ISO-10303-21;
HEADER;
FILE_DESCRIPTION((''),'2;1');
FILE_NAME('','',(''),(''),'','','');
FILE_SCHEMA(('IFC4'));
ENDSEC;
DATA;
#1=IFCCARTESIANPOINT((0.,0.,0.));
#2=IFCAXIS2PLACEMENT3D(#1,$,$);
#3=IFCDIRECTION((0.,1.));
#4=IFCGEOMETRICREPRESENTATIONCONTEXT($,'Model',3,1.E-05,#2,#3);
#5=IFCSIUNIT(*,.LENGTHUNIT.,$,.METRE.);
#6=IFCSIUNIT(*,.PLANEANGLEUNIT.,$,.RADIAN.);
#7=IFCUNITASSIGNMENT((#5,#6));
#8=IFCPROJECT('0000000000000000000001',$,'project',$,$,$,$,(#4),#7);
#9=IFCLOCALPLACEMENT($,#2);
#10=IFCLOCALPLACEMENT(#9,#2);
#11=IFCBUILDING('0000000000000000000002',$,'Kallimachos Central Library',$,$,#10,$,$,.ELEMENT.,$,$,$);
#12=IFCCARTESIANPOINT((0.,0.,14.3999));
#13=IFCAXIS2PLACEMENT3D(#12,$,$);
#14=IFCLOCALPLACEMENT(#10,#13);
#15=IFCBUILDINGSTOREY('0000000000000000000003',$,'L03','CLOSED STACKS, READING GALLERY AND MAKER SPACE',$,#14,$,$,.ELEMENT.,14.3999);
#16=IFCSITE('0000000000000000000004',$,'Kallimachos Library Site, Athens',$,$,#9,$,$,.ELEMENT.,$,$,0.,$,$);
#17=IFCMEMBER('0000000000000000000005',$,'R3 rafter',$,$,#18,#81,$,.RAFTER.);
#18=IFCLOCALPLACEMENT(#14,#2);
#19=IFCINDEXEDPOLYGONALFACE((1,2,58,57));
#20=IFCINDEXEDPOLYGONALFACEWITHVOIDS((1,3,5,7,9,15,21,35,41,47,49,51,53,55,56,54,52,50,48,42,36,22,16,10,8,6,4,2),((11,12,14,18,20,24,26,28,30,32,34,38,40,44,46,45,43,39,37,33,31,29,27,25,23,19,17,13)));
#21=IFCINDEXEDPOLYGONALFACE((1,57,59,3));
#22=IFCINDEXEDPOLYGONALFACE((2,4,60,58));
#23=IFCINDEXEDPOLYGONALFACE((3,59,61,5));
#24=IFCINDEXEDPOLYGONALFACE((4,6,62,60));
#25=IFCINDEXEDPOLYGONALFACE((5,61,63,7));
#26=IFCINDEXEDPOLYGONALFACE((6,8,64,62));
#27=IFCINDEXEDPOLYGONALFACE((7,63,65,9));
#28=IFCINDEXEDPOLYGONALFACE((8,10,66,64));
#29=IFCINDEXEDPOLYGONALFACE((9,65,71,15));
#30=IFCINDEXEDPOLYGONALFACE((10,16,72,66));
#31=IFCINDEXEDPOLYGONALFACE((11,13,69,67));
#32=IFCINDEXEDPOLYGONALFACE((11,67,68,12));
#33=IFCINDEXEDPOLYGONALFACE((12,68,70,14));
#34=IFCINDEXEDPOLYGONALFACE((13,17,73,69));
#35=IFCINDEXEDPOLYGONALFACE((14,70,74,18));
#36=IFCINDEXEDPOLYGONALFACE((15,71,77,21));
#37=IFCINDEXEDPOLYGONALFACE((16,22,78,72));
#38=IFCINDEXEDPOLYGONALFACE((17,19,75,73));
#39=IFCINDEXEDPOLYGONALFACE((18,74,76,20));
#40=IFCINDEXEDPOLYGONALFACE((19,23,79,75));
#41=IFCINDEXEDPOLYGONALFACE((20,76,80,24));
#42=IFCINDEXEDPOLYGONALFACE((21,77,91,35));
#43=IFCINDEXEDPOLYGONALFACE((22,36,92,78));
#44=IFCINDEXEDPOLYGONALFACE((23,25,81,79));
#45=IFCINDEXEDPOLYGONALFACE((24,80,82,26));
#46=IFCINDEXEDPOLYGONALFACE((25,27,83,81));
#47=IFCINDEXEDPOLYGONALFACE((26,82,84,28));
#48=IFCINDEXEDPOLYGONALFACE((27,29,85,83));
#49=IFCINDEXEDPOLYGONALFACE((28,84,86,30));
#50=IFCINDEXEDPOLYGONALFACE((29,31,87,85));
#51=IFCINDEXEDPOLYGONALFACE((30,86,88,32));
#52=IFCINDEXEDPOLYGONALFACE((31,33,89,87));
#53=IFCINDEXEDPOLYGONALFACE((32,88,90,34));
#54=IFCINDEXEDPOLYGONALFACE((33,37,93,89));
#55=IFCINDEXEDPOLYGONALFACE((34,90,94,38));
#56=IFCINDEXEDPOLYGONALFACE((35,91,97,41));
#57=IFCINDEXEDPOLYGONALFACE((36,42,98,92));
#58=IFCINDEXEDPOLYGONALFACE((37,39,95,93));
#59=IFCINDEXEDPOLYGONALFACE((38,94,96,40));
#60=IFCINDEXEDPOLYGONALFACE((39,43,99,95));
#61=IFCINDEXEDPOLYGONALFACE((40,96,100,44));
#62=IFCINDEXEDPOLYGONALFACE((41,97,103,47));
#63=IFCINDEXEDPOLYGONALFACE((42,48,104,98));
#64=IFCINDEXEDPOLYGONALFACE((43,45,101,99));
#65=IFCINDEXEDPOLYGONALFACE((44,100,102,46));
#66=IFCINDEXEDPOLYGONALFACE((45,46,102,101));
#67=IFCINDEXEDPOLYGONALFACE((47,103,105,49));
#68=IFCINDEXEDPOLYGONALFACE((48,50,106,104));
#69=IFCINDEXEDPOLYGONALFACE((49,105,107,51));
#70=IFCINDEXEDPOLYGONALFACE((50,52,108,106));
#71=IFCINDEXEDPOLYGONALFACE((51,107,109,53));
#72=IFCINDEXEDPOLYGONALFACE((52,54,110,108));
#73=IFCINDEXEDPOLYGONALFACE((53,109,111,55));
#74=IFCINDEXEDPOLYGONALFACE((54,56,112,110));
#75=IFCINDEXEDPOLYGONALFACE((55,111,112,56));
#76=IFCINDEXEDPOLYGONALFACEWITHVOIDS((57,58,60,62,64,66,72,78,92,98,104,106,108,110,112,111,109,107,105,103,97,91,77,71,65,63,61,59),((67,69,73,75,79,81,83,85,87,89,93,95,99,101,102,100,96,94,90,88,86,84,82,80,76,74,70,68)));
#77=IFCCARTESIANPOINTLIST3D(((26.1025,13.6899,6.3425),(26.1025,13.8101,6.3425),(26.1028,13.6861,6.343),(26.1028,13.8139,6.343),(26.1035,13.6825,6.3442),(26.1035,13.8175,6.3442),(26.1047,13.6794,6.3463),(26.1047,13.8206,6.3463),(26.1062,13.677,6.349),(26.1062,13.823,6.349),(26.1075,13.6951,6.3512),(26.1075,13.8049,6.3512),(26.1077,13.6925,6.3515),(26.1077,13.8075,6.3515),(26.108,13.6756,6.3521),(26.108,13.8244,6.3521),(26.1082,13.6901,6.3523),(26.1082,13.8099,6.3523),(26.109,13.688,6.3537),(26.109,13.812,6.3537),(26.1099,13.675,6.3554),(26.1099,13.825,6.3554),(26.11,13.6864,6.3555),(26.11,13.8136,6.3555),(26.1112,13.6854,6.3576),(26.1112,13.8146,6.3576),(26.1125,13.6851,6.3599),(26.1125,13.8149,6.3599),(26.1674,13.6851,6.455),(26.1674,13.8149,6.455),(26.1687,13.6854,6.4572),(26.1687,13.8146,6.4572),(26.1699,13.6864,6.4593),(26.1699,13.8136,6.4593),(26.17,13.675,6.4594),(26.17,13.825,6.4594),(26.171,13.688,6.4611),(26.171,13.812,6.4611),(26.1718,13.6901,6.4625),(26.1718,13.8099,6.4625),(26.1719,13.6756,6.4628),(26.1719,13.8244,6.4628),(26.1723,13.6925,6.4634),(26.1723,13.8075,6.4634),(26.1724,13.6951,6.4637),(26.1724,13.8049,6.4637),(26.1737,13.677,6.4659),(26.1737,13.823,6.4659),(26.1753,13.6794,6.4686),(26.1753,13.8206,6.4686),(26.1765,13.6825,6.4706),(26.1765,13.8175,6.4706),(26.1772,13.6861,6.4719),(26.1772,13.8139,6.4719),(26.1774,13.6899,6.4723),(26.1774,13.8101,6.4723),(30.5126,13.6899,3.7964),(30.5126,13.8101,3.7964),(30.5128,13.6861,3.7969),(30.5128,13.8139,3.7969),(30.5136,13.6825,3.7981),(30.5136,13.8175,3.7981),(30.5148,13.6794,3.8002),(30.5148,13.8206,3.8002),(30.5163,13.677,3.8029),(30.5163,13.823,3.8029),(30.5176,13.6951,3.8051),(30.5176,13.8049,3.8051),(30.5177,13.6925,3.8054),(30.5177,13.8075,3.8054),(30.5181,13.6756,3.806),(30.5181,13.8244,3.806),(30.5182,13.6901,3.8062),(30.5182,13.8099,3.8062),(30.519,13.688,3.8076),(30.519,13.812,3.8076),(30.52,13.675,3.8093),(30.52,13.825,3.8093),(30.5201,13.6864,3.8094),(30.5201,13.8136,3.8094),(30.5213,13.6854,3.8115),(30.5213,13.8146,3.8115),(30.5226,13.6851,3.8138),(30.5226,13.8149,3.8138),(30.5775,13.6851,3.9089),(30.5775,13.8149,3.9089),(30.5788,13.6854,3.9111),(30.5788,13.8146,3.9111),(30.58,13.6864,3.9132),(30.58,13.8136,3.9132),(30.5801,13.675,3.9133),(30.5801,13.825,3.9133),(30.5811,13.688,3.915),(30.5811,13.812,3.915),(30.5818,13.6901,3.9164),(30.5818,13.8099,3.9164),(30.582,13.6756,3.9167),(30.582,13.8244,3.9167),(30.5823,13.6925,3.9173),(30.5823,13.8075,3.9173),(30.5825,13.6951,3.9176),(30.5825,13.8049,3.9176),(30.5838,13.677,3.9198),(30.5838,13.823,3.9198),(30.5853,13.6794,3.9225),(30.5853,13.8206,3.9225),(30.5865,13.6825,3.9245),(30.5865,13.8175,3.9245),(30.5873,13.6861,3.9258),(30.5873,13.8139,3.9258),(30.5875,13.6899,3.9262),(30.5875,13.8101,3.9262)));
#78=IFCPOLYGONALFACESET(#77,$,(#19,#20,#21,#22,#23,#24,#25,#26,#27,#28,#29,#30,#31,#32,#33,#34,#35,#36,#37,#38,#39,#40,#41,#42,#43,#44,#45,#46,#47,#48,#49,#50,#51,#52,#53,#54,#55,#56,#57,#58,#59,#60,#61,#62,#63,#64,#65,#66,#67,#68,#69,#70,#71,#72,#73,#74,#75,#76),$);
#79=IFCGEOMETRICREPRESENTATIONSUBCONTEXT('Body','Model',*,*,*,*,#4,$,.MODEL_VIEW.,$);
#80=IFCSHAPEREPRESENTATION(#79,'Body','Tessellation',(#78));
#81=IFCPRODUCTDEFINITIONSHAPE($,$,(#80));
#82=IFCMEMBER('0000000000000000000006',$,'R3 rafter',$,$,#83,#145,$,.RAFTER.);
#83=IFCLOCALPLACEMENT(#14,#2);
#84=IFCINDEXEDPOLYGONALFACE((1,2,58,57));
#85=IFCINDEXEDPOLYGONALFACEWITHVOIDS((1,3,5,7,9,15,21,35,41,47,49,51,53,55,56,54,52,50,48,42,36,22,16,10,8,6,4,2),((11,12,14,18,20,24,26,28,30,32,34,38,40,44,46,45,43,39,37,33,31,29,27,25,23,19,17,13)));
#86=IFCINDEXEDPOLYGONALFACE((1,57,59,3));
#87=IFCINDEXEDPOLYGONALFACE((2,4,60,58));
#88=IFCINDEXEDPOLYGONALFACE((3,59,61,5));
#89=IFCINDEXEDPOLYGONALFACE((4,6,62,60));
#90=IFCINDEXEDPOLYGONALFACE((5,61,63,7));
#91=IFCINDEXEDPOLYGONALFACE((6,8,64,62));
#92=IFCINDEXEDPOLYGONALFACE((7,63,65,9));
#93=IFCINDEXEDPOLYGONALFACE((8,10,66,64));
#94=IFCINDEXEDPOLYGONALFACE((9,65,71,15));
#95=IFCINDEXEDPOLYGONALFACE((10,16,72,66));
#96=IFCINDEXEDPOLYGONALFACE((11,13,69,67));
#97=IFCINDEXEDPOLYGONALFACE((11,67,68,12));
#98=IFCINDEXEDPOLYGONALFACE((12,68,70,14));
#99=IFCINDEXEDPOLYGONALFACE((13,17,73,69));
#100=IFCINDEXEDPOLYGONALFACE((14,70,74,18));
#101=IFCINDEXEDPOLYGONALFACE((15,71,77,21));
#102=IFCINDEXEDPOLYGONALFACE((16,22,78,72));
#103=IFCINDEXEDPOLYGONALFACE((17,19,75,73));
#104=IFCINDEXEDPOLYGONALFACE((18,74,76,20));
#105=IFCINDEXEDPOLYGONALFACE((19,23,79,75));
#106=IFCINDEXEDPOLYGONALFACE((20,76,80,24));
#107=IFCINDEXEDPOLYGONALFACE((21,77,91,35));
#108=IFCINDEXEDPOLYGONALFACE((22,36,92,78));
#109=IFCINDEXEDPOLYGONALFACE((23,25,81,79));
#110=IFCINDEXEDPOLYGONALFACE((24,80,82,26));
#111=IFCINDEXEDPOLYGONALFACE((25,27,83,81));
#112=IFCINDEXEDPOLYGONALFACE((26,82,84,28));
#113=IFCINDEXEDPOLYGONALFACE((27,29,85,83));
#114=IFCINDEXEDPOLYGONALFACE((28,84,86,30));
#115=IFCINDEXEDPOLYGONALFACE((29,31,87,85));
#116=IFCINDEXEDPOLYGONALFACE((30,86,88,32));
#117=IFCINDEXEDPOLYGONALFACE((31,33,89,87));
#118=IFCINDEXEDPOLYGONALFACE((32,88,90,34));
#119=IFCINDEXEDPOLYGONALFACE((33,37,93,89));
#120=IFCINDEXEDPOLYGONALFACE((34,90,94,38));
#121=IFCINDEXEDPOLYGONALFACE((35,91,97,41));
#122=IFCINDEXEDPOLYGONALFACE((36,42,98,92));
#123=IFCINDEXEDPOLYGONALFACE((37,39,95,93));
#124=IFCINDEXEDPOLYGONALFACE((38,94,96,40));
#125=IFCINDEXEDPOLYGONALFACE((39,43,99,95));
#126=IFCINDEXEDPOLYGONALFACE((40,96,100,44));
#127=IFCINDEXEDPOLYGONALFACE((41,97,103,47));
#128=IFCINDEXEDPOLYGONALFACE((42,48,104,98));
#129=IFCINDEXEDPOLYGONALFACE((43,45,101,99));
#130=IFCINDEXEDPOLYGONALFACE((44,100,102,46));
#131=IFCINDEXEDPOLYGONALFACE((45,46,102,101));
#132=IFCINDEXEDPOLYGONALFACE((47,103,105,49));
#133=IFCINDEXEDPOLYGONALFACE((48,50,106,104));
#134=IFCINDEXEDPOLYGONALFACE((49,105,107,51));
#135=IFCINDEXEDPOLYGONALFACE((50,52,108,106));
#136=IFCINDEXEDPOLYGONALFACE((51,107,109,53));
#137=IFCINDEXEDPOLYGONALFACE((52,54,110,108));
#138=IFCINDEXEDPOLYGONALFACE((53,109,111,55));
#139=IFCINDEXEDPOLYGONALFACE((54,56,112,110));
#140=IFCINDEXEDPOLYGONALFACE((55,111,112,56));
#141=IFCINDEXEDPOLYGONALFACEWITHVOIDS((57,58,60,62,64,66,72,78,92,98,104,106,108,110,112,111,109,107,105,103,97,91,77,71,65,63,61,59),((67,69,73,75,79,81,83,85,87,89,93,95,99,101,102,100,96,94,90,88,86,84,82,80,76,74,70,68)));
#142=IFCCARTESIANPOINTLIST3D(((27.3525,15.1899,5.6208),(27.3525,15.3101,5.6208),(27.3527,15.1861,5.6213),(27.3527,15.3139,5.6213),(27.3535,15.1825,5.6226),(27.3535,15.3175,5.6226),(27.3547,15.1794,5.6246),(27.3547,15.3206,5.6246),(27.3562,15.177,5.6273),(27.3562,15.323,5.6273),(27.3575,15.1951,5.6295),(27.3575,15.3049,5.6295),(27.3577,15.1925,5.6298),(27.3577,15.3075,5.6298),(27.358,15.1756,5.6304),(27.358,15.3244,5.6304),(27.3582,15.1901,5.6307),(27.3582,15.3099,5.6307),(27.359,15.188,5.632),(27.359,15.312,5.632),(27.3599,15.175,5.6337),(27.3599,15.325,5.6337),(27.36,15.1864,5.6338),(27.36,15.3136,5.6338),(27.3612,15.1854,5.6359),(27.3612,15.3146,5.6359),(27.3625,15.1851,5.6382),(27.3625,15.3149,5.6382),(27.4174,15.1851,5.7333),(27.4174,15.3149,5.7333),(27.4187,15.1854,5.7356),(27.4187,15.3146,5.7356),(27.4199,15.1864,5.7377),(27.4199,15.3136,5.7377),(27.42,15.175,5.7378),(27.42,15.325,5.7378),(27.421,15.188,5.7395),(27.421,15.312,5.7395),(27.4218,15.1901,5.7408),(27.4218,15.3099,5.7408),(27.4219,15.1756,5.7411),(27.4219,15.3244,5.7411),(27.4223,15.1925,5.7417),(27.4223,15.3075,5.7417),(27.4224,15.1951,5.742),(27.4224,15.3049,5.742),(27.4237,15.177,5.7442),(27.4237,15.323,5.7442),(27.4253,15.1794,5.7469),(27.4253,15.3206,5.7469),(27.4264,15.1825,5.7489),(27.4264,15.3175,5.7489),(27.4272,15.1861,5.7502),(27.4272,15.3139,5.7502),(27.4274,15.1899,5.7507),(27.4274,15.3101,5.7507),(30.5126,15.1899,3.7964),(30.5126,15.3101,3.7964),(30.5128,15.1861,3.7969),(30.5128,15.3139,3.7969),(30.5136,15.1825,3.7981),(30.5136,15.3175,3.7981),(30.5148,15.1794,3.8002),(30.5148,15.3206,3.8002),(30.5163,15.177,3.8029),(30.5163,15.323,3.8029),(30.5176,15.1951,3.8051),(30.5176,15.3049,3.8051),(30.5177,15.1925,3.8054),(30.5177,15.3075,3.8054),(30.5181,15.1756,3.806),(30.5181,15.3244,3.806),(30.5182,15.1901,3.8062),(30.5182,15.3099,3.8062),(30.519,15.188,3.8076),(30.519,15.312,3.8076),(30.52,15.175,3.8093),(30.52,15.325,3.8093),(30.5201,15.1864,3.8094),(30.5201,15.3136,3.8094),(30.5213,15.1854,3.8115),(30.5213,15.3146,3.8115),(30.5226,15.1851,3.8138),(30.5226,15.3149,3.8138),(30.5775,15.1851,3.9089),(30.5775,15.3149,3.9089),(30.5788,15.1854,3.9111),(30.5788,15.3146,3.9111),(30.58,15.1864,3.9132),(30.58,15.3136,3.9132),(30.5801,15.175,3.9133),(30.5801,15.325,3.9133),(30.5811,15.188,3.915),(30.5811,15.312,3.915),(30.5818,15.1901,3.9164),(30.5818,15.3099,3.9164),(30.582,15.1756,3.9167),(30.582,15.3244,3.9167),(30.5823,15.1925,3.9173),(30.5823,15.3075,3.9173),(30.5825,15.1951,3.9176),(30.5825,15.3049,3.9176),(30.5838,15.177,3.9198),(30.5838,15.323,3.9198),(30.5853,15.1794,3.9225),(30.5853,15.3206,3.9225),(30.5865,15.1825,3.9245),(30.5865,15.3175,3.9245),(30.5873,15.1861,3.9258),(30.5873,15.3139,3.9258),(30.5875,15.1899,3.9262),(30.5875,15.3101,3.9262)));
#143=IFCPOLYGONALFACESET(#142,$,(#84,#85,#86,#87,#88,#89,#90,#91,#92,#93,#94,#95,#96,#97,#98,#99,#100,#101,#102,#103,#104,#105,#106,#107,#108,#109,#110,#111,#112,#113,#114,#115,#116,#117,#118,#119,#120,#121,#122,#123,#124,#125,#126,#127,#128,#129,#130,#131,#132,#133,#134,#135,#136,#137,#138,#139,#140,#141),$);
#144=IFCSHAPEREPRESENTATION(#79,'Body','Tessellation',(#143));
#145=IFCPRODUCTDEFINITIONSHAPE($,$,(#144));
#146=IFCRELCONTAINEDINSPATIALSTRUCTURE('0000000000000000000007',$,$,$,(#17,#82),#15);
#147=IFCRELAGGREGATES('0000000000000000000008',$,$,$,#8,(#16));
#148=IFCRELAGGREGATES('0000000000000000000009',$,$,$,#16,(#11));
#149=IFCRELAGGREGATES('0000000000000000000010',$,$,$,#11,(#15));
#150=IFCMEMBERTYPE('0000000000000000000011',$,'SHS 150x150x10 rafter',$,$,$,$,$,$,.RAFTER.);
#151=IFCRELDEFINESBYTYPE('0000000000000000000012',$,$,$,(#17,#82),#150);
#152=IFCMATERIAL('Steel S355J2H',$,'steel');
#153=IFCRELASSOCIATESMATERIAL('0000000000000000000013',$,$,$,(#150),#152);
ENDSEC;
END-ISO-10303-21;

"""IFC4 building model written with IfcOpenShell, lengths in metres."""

from ifc_helpers import new_model, si_unit, direction, frame, origin, origin_2d, place, context, subcontext, project, spatial, hollow_rectangle, extrude, material, material_profile, profile_set, type_object, element, save


model = new_model("IFC4")

# Units and contexts
model_context = context("Model", 3, precision=1e-05, world=origin(), true_north=direction((0.0, 1.0)))
body_context = subcontext(model_context, "Body", "Model", "MODEL_VIEW")
ifc_project = project(units=[si_unit("LENGTHUNIT", "METRE"), si_unit("PLANEANGLEUNIT", "RADIAN")], contexts=[model_context])

# Site, building, storey
site_placement = place(None, origin())
site = spatial("IfcSite", under=ifc_project, at=site_placement, Name="Kallimachos Library Site, Athens", CompositionType="ELEMENT", RefElevation=0.0)
building_placement = place(site_placement, origin())
building = spatial("IfcBuilding", under=site, at=building_placement, Name="Kallimachos Central Library", CompositionType="ELEMENT")
storey_placement = place(building_placement, frame((0.0, 0.0, 14.3999)))
storey = spatial("IfcBuildingStorey", under=building, at=storey_placement, Name="L03", Description="CLOSED STACKS, READING GALLERY AND MAKER SPACE", CompositionType="ELEMENT", Elevation=14.3999)

# Members
ifc_material_1 = material(Name="Steel S355J2H", Category="steel")
ifc_material_profile_1 = material_profile(ifc_material_1, hollow_rectangle(XDim=0.1499, YDim=0.1499, WallThickness=0.01, InnerFilletRadius=0.01, OuterFilletRadius=0.0149, at=origin_2d()), Name="SHS 150x150x10")
ifc_profile_set_1 = profile_set([ifc_material_profile_1], Name="Steel S355J2H")
member_type_1 = type_object("IfcMemberType", Name="SHS 150x150x10 rafter", PredefinedType="RAFTER", material=ifc_profile_set_1)
member_1_placement = place(storey_placement, frame((30.55, 13.75, 3.8613), z_axis=(-0.866031, 0.0, 0.499991), x_axis=(0.0, -1.0, 0.0)))
element("IfcMember", 1, at=member_1_placement, inside=storey, type_object=member_type_1, Name="R3 rafter", PredefinedType="RAFTER", context=body_context, shape_type="SweptSolid", body=[
    extrude(hollow_rectangle(XDim=0.1499, YDim=0.1499, WallThickness=0.01, InnerFilletRadius=0.01, OuterFilletRadius=0.0149, at=origin_2d()), origin(), (0.0, 0.0, 1.0), 5.0923),
])
member_2_placement = place(storey_placement, frame((30.55, 15.25, 3.8613), z_axis=(-0.866032, 0.0, 0.499989), x_axis=(0.0, -1.0, 0.0)))
element("IfcMember", 2, at=member_2_placement, inside=storey, type_object=member_type_1, Name="R3 rafter", PredefinedType="RAFTER", context=body_context, shape_type="SweptSolid", body=[
    extrude(hollow_rectangle(XDim=0.1499, YDim=0.1499, WallThickness=0.01, InnerFilletRadius=0.01, OuterFilletRadius=0.0149, at=origin_2d()), origin(), (0.0, 0.0, 1.0), 3.6489),
])

save(model, "model.ifc")
